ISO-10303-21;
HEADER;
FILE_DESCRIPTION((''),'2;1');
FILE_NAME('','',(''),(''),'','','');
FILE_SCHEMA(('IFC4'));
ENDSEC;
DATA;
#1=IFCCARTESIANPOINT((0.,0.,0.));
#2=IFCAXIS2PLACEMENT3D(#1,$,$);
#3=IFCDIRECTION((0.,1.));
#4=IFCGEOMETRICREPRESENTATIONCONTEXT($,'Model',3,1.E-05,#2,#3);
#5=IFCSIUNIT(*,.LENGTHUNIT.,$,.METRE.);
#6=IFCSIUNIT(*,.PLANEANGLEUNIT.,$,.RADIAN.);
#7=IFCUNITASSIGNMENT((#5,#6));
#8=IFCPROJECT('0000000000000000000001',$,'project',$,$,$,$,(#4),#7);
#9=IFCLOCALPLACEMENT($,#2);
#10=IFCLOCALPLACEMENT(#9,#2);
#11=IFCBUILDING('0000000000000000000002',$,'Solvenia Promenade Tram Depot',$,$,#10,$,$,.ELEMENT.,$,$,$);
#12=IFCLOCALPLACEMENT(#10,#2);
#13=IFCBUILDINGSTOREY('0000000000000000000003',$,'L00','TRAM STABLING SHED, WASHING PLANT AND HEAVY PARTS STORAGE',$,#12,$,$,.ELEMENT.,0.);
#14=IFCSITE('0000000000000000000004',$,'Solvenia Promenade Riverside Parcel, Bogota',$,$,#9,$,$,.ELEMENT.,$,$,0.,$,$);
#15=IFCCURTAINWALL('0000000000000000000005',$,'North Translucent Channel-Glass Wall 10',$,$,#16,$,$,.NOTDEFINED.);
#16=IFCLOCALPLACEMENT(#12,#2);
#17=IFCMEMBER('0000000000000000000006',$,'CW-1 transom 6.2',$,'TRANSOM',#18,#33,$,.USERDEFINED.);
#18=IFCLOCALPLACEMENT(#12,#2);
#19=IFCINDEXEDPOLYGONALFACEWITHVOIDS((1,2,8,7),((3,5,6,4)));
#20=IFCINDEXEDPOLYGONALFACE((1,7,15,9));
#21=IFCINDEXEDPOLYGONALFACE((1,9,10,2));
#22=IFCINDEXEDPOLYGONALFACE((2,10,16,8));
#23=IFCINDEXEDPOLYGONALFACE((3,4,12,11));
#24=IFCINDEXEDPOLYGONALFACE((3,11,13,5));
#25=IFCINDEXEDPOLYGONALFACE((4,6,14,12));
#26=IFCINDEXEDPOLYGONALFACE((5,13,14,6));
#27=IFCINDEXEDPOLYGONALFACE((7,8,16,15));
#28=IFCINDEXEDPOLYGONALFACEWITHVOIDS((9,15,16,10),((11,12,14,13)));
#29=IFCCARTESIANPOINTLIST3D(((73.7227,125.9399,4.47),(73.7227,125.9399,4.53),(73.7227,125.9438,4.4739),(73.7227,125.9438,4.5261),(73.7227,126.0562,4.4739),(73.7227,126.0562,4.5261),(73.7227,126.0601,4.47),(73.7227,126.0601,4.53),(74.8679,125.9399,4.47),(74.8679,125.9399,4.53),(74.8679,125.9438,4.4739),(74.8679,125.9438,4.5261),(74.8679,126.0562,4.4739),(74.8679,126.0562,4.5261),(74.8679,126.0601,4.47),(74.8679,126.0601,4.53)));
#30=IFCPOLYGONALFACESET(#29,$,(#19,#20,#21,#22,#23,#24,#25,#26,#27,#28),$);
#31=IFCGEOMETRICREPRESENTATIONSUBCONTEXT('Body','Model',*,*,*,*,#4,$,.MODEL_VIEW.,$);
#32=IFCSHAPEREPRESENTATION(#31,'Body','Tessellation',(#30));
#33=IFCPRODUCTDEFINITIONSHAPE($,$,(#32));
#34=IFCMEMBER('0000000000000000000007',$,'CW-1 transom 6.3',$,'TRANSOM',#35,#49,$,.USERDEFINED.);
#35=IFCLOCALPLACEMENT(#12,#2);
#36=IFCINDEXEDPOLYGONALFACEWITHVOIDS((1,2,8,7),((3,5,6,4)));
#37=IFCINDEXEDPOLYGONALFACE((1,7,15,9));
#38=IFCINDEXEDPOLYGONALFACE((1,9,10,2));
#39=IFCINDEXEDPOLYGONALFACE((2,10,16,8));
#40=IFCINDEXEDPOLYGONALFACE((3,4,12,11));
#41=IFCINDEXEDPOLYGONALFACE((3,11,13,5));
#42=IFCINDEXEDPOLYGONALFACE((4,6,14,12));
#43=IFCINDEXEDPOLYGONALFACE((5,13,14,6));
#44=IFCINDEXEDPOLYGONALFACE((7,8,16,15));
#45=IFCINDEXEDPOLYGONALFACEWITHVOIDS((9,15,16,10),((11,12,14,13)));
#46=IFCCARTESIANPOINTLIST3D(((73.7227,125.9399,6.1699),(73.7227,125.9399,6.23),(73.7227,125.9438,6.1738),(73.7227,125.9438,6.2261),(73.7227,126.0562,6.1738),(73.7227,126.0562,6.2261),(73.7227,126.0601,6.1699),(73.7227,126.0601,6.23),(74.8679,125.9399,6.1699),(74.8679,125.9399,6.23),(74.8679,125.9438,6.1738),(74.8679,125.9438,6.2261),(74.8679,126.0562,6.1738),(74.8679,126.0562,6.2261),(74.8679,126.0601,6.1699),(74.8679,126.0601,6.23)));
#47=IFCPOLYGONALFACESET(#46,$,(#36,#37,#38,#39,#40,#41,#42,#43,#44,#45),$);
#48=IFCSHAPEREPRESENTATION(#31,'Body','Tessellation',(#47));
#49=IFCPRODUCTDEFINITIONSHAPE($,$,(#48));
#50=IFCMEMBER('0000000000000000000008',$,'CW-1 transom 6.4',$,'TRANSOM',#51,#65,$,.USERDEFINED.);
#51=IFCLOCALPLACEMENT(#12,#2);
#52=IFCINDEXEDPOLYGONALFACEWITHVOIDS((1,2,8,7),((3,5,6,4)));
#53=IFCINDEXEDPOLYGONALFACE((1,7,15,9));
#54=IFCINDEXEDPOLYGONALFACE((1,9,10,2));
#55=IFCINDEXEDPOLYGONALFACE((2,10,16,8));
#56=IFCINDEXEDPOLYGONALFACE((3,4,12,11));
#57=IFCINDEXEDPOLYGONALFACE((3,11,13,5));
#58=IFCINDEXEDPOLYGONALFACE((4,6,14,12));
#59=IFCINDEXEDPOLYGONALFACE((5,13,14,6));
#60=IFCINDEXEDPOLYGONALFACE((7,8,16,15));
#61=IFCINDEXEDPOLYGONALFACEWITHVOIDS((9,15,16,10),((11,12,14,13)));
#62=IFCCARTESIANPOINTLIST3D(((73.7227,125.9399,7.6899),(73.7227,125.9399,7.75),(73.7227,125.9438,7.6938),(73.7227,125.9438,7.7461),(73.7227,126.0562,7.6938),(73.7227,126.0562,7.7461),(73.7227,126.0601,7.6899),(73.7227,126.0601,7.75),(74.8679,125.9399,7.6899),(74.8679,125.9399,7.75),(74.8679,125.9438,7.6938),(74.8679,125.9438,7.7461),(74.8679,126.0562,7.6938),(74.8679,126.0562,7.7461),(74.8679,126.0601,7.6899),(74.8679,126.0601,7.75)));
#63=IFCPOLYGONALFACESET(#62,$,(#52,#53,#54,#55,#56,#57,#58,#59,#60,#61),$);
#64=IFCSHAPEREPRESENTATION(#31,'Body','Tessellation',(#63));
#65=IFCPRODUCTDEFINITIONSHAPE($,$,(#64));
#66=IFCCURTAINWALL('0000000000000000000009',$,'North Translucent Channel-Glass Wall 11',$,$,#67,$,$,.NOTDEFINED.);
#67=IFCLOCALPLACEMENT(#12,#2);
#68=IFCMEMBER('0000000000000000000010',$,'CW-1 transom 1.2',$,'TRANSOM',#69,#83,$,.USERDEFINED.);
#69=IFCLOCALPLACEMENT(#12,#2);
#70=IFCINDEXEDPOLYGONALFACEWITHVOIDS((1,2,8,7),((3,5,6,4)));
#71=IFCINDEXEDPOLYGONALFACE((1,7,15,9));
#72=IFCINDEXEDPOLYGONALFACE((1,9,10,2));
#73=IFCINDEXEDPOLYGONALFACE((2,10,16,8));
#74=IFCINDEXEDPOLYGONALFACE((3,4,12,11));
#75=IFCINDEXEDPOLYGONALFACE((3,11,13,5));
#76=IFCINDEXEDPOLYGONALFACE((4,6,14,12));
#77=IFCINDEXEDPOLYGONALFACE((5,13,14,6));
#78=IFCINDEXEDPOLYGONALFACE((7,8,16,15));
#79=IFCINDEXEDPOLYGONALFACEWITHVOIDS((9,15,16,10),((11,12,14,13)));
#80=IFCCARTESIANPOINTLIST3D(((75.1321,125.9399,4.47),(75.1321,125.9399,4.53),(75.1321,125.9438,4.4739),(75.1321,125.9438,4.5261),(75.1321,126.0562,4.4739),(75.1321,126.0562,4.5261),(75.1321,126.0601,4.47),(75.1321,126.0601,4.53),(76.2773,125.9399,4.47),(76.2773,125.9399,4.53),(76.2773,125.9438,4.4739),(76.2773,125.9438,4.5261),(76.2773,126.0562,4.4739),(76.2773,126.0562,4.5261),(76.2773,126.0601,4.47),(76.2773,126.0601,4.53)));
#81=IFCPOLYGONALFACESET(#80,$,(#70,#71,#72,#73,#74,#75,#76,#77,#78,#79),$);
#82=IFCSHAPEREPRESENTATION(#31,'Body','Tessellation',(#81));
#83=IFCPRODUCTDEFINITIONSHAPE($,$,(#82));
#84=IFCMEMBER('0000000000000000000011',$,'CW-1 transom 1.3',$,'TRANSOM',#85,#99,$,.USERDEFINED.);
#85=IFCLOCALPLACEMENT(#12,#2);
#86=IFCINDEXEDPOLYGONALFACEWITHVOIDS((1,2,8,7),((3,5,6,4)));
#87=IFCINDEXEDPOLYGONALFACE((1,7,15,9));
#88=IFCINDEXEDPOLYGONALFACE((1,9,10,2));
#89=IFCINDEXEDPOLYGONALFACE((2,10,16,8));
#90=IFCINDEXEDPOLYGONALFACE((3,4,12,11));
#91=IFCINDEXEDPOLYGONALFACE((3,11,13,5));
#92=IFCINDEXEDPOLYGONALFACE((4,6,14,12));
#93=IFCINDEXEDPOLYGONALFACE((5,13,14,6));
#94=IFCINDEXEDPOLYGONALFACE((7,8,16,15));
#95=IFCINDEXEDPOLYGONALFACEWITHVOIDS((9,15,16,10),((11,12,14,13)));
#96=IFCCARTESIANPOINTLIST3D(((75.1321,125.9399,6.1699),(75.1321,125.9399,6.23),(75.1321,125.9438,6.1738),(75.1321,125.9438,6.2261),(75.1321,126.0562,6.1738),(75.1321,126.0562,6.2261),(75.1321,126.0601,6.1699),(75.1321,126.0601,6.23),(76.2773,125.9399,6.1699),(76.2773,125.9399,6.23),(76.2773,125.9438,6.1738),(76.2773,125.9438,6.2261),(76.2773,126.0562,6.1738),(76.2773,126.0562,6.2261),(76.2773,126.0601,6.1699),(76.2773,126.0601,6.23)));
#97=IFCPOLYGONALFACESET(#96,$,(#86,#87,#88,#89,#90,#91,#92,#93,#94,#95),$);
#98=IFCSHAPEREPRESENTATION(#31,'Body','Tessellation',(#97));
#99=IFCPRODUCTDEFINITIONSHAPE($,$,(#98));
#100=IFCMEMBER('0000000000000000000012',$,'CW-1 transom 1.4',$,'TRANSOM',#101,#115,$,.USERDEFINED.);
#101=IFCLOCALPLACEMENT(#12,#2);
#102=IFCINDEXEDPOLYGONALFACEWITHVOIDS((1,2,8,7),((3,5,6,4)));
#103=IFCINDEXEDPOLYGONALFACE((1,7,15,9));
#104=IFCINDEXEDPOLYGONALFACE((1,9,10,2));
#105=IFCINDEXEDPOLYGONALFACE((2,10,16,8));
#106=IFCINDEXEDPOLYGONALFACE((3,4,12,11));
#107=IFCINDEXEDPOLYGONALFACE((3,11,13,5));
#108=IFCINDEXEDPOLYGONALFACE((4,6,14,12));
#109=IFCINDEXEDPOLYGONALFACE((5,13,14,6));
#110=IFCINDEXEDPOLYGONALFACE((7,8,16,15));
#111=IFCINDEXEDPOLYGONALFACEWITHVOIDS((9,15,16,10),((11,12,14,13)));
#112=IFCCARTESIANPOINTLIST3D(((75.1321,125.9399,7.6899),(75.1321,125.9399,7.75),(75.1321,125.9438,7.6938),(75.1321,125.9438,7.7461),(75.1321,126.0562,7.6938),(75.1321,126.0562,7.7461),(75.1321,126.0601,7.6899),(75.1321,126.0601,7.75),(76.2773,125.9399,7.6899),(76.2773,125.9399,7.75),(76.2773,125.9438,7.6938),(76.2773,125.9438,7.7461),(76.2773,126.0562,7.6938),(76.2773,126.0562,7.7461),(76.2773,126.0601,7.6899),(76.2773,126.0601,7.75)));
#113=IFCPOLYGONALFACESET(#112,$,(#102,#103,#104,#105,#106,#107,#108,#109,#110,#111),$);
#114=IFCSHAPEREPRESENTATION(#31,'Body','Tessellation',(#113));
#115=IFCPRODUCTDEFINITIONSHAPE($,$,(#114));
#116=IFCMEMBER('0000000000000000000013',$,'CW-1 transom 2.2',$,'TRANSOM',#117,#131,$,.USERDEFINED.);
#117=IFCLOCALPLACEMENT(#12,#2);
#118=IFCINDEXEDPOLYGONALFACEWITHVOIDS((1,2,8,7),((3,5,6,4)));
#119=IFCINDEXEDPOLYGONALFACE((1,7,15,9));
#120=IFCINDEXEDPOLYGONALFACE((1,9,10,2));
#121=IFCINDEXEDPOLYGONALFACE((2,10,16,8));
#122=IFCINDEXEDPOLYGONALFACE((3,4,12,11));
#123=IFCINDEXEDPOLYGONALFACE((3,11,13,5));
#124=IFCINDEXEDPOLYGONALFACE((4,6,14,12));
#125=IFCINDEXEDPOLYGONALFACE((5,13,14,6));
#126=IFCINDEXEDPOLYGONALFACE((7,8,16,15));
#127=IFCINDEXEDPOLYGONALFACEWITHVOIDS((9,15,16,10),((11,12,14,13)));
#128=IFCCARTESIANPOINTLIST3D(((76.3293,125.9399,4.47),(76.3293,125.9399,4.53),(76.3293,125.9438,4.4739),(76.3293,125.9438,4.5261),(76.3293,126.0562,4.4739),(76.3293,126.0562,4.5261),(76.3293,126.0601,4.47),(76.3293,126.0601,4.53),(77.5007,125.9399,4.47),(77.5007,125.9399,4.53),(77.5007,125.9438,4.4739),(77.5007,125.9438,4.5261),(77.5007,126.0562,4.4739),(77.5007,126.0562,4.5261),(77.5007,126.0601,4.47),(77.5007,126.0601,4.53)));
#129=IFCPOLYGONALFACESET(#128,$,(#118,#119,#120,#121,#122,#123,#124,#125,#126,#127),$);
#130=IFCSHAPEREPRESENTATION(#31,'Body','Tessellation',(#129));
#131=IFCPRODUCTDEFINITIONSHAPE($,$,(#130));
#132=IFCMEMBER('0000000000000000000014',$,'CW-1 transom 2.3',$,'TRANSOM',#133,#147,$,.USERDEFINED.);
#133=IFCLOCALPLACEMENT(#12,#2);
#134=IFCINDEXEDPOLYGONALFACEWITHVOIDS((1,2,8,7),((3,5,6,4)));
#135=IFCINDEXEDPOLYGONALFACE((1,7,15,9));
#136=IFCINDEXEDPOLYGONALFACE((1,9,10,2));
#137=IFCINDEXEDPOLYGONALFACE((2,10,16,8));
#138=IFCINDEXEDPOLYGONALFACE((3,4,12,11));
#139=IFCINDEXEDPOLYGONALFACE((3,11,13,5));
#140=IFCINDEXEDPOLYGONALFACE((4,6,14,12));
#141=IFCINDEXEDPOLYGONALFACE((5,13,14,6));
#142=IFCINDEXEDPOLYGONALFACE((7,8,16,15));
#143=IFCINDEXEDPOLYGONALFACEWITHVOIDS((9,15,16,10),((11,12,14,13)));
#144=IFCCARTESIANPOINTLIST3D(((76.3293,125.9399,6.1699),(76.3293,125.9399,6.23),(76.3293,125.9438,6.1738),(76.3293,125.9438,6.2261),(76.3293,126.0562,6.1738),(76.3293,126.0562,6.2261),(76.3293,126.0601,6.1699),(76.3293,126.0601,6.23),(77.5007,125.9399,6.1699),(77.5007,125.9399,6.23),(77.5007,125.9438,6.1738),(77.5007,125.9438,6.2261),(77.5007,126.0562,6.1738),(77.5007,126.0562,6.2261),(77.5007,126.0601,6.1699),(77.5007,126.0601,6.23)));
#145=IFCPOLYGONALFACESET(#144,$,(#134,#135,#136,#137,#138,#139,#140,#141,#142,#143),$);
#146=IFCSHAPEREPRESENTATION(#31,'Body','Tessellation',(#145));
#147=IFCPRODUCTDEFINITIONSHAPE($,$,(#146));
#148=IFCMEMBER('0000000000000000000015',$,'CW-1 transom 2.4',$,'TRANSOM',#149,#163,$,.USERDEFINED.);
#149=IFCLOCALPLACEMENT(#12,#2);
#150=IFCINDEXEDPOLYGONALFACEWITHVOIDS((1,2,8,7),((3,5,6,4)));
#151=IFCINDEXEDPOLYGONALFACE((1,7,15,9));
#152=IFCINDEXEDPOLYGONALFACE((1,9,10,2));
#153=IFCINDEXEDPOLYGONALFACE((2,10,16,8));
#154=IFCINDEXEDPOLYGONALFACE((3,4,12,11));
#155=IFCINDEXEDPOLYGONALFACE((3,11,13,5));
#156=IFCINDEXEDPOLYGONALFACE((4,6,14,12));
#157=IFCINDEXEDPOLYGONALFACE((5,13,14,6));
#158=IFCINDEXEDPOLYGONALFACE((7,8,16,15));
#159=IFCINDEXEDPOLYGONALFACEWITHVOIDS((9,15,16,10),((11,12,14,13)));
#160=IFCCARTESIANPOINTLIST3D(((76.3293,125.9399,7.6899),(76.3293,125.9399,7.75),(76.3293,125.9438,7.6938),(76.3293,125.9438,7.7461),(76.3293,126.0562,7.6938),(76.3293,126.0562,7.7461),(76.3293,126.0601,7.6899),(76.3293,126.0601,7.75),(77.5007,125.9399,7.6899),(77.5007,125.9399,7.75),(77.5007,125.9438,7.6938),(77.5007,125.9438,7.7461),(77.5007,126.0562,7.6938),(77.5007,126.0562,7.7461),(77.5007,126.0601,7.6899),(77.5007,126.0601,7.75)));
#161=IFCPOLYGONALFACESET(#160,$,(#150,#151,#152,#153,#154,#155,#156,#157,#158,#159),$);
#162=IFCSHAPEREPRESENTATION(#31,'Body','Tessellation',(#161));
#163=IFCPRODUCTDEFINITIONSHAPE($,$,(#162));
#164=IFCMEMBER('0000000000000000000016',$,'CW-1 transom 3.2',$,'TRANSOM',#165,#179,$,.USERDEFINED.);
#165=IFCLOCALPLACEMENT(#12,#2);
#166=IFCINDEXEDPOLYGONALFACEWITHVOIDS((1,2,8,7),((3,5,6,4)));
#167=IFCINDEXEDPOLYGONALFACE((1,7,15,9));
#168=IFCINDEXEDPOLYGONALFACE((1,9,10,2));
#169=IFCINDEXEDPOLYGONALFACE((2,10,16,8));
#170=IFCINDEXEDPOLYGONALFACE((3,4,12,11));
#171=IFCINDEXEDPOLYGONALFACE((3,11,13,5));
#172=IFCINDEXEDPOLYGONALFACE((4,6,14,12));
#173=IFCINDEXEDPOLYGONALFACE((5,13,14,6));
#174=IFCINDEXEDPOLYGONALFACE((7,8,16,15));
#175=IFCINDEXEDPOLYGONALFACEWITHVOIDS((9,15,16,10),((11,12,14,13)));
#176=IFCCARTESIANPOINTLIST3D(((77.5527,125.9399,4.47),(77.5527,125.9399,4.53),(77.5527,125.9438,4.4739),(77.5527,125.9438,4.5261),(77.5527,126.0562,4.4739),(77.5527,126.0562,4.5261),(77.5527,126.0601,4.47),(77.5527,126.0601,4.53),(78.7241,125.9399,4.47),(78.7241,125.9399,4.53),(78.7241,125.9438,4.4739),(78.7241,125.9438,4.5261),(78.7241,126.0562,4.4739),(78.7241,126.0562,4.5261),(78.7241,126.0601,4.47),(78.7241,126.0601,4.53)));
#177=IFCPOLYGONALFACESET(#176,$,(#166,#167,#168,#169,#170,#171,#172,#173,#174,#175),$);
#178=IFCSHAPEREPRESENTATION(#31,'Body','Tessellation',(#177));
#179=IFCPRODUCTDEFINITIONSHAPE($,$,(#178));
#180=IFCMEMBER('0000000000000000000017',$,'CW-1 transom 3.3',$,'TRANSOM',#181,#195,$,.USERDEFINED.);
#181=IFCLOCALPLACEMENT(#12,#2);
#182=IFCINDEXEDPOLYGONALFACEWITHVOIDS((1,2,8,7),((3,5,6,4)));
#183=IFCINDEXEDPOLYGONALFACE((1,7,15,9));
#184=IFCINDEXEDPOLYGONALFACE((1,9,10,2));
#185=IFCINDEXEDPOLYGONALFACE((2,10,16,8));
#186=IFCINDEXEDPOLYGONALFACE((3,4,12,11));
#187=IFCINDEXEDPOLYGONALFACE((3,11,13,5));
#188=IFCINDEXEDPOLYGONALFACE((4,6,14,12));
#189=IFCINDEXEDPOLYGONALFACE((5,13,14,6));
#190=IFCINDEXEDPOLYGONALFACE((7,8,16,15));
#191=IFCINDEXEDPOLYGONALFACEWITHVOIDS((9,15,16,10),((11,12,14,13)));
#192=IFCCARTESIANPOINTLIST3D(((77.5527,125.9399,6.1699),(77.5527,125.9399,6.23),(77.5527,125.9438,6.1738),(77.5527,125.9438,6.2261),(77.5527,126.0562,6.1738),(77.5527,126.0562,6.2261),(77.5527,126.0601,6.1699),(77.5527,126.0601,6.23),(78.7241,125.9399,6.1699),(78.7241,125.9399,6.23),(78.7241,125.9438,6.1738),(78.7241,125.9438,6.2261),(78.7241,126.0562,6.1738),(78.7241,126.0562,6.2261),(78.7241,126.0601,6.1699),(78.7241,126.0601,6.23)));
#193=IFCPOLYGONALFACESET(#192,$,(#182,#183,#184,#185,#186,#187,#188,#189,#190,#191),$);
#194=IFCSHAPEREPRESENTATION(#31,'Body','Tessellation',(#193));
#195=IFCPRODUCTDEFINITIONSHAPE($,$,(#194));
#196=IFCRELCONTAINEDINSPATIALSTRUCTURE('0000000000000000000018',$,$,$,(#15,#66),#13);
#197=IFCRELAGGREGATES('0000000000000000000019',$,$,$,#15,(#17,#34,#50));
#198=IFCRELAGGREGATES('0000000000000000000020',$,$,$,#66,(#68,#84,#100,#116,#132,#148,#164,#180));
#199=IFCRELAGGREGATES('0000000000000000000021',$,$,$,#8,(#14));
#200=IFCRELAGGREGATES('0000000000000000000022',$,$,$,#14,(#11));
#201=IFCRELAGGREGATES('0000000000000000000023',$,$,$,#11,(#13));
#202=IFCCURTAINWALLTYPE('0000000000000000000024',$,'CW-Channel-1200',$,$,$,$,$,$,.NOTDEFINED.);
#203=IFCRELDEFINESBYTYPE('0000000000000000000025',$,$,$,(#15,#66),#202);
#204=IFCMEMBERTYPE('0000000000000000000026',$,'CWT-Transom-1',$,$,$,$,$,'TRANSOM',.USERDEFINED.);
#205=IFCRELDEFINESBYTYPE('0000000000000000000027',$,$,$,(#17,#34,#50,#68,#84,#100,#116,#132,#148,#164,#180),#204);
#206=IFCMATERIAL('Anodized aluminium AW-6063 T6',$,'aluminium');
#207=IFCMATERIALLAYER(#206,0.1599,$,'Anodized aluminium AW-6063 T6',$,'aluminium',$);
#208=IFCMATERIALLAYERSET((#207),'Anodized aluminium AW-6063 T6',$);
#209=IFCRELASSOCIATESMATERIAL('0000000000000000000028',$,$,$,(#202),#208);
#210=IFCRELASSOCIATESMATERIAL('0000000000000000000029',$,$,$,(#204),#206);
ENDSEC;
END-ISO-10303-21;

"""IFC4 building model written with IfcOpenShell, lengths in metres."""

from ifc_helpers import new_model, si_unit, direction, frame, origin, origin_2d, place, context, subcontext, project, spatial, hollow_rectangle, extrude, material, layer, layer_set, material_profile, profile_set, type_object, element, aggregate, save


model = new_model("IFC4")

# Units and contexts
model_context = context("Model", 3, precision=1e-05, world=origin(), true_north=direction((0.0, 1.0)))
body_context = subcontext(model_context, "Body", "Model", "MODEL_VIEW")
ifc_project = project(units=[si_unit("LENGTHUNIT", "METRE"), si_unit("PLANEANGLEUNIT", "RADIAN")], contexts=[model_context])

# Site, building, storey
site_placement = place(None, origin())
site = spatial("IfcSite", under=ifc_project, at=site_placement, Name="Solvenia Promenade Riverside Parcel, Bogota", CompositionType="ELEMENT", RefElevation=0.0)
building_placement = place(site_placement, origin())
building = spatial("IfcBuilding", under=site, at=building_placement, Name="Solvenia Promenade Tram Depot", CompositionType="ELEMENT")
storey_placement = place(building_placement, origin())
storey = spatial("IfcBuildingStorey", under=building, at=storey_placement, Name="L00", Description="TRAM STABLING SHED, WASHING PLANT AND HEAVY PARTS STORAGE", CompositionType="ELEMENT", Elevation=0.0)

# Curtain walls, members
ifc_material_1 = material(Name="Anodized aluminium AW-6063 T6", Category="aluminium")
ifc_layer_1 = layer(ifc_material_1, 0.1599, Name="Anodized aluminium AW-6063 T6", Category="aluminium")
ifc_layer_set_1 = layer_set([ifc_layer_1], Name="Anodized aluminium AW-6063 T6")
curtain_wall_type = type_object("IfcCurtainWallType", Name="CW-Channel-1200", PredefinedType="NOTDEFINED", material=ifc_layer_set_1)
curtain_wall_1_placement = place(storey_placement, origin())
curtain_wall_1 = element("IfcCurtainWall", 1, at=curtain_wall_1_placement, inside=storey, type_object=curtain_wall_type, Name="North Translucent Channel-Glass Wall 10", PredefinedType="NOTDEFINED")
ifc_material_profile = material_profile(ifc_material_1, hollow_rectangle(XDim=0.1201, YDim=0.0601, WallThickness=0.0039, at=origin_2d()), Name="ALU-T1", Category="aluminium")
ifc_profile_set = profile_set([ifc_material_profile], Name="Anodized aluminium AW-6063 T6")
member_type = type_object("IfcMemberType", Name="CWT-Transom-1", ElementType="TRANSOM", PredefinedType="USERDEFINED", material=ifc_profile_set)
member_1_placement = place(storey_placement, frame((73.7227, 126.0, 4.5), z_axis=(1.0, 0.0, 0.0), x_axis=(0.0, 1.0, 0.0)))
member_1 = element("IfcMember", 2, at=member_1_placement, type_object=member_type, Name="CW-1 transom 6.2", ObjectType="TRANSOM", PredefinedType="USERDEFINED", context=body_context, shape_type="SweptSolid", body=[
    extrude(hollow_rectangle(XDim=0.1201, YDim=0.0601, WallThickness=0.0039, at=origin_2d()), origin(), (0.0, 0.0, 1.0), 1.1453),
])
member_2_placement = place(storey_placement, frame((73.7227, 126.0, 6.2), z_axis=(1.0, 0.0, 0.0), x_axis=(0.0, 1.0, 0.0)))
member_2 = element("IfcMember", 3, at=member_2_placement, type_object=member_type, Name="CW-1 transom 6.3", ObjectType="TRANSOM", PredefinedType="USERDEFINED", context=body_context, shape_type="SweptSolid", body=[
    extrude(hollow_rectangle(XDim=0.1201, YDim=0.0601, WallThickness=0.0039, at=origin_2d()), origin(), (0.0, 0.0, 1.0), 1.1453),
])
member_3_placement = place(storey_placement, frame((73.7227, 126.0, 7.72), z_axis=(1.0, 0.0, 0.0), x_axis=(0.0, 1.0, 0.0)))
member_3 = element("IfcMember", 4, at=member_3_placement, type_object=member_type, Name="CW-1 transom 6.4", ObjectType="TRANSOM", PredefinedType="USERDEFINED", context=body_context, shape_type="SweptSolid", body=[
    extrude(hollow_rectangle(XDim=0.1201, YDim=0.0601, WallThickness=0.0039, at=origin_2d()), origin(), (0.0, 0.0, 1.0), 1.1453),
])
curtain_wall_2_placement = place(storey_placement, origin())
curtain_wall_2 = element("IfcCurtainWall", 5, at=curtain_wall_2_placement, inside=storey, type_object=curtain_wall_type, Name="North Translucent Channel-Glass Wall 11", PredefinedType="NOTDEFINED")
member_4_placement = place(storey_placement, frame((75.1321, 126.0, 4.5), z_axis=(1.0, 0.0, 0.0), x_axis=(0.0, 1.0, 0.0)))
member_4 = element("IfcMember", 6, at=member_4_placement, type_object=member_type, Name="CW-1 transom 1.2", ObjectType="TRANSOM", PredefinedType="USERDEFINED", context=body_context, shape_type="SweptSolid", body=[
    extrude(hollow_rectangle(XDim=0.1201, YDim=0.0601, WallThickness=0.0039, at=origin_2d()), origin(), (0.0, 0.0, 1.0), 1.1453),
])
member_5_placement = place(storey_placement, frame((75.1321, 126.0, 6.2), z_axis=(1.0, 0.0, 0.0), x_axis=(0.0, 1.0, 0.0)))
member_5 = element("IfcMember", 7, at=member_5_placement, type_object=member_type, Name="CW-1 transom 1.3", ObjectType="TRANSOM", PredefinedType="USERDEFINED", context=body_context, shape_type="SweptSolid", body=[
    extrude(hollow_rectangle(XDim=0.1201, YDim=0.0601, WallThickness=0.0039, at=origin_2d()), origin(), (0.0, 0.0, 1.0), 1.1453),
])
member_6_placement = place(storey_placement, frame((75.1321, 126.0, 7.72), z_axis=(1.0, 0.0, 0.0), x_axis=(0.0, 1.0, 0.0)))
member_6 = element("IfcMember", 8, at=member_6_placement, type_object=member_type, Name="CW-1 transom 1.4", ObjectType="TRANSOM", PredefinedType="USERDEFINED", context=body_context, shape_type="SweptSolid", body=[
    extrude(hollow_rectangle(XDim=0.1201, YDim=0.0601, WallThickness=0.0039, at=origin_2d()), origin(), (0.0, 0.0, 1.0), 1.1453),
])
member_7_placement = place(storey_placement, frame((76.3293, 126.0, 4.5), z_axis=(1.0, 0.0, 0.0), x_axis=(0.0, 1.0, 0.0)))
member_7 = element("IfcMember", 9, at=member_7_placement, type_object=member_type, Name="CW-1 transom 2.2", ObjectType="TRANSOM", PredefinedType="USERDEFINED", context=body_context, shape_type="SweptSolid", body=[
    extrude(hollow_rectangle(XDim=0.1201, YDim=0.0601, WallThickness=0.0039, at=origin_2d()), origin(), (0.0, 0.0, 1.0), 1.1714),
])
member_8_placement = place(storey_placement, frame((76.3293, 126.0, 6.2), z_axis=(1.0, 0.0, 0.0), x_axis=(0.0, 1.0, 0.0)))
member_8 = element("IfcMember", 10, at=member_8_placement, type_object=member_type, Name="CW-1 transom 2.3", ObjectType="TRANSOM", PredefinedType="USERDEFINED", context=body_context, shape_type="SweptSolid", body=[
    extrude(hollow_rectangle(XDim=0.1201, YDim=0.0601, WallThickness=0.0039, at=origin_2d()), origin(), (0.0, 0.0, 1.0), 1.1714),
])
member_9_placement = place(storey_placement, frame((76.3293, 126.0, 7.72), z_axis=(1.0, 0.0, 0.0), x_axis=(0.0, 1.0, 0.0)))
member_9 = element("IfcMember", 11, at=member_9_placement, type_object=member_type, Name="CW-1 transom 2.4", ObjectType="TRANSOM", PredefinedType="USERDEFINED", context=body_context, shape_type="SweptSolid", body=[
    extrude(hollow_rectangle(XDim=0.1201, YDim=0.0601, WallThickness=0.0039, at=origin_2d()), origin(), (0.0, 0.0, 1.0), 1.1714),
])
member_10_placement = place(storey_placement, frame((77.5527, 126.0, 4.5), z_axis=(1.0, 0.0, 0.0), x_axis=(0.0, 1.0, 0.0)))
member_10 = element("IfcMember", 12, at=member_10_placement, type_object=member_type, Name="CW-1 transom 3.2", ObjectType="TRANSOM", PredefinedType="USERDEFINED", context=body_context, shape_type="SweptSolid", body=[
    extrude(hollow_rectangle(XDim=0.1201, YDim=0.0601, WallThickness=0.0039, at=origin_2d()), origin(), (0.0, 0.0, 1.0), 1.1714),
])
member_11_placement = place(storey_placement, frame((77.5527, 126.0, 6.2), z_axis=(1.0, 0.0, 0.0), x_axis=(0.0, 1.0, 0.0)))
member_11 = element("IfcMember", 13, at=member_11_placement, type_object=member_type, Name="CW-1 transom 3.3", ObjectType="TRANSOM", PredefinedType="USERDEFINED", context=body_context, shape_type="SweptSolid", body=[
    extrude(hollow_rectangle(XDim=0.1201, YDim=0.0601, WallThickness=0.0039, at=origin_2d()), origin(), (0.0, 0.0, 1.0), 1.1714),
])

aggregate(curtain_wall_1, [member_1, member_2, member_3])
aggregate(curtain_wall_2, [member_4, member_5, member_6, member_7, member_8, member_9, member_10, member_11])

save(model, "model.ifc")
